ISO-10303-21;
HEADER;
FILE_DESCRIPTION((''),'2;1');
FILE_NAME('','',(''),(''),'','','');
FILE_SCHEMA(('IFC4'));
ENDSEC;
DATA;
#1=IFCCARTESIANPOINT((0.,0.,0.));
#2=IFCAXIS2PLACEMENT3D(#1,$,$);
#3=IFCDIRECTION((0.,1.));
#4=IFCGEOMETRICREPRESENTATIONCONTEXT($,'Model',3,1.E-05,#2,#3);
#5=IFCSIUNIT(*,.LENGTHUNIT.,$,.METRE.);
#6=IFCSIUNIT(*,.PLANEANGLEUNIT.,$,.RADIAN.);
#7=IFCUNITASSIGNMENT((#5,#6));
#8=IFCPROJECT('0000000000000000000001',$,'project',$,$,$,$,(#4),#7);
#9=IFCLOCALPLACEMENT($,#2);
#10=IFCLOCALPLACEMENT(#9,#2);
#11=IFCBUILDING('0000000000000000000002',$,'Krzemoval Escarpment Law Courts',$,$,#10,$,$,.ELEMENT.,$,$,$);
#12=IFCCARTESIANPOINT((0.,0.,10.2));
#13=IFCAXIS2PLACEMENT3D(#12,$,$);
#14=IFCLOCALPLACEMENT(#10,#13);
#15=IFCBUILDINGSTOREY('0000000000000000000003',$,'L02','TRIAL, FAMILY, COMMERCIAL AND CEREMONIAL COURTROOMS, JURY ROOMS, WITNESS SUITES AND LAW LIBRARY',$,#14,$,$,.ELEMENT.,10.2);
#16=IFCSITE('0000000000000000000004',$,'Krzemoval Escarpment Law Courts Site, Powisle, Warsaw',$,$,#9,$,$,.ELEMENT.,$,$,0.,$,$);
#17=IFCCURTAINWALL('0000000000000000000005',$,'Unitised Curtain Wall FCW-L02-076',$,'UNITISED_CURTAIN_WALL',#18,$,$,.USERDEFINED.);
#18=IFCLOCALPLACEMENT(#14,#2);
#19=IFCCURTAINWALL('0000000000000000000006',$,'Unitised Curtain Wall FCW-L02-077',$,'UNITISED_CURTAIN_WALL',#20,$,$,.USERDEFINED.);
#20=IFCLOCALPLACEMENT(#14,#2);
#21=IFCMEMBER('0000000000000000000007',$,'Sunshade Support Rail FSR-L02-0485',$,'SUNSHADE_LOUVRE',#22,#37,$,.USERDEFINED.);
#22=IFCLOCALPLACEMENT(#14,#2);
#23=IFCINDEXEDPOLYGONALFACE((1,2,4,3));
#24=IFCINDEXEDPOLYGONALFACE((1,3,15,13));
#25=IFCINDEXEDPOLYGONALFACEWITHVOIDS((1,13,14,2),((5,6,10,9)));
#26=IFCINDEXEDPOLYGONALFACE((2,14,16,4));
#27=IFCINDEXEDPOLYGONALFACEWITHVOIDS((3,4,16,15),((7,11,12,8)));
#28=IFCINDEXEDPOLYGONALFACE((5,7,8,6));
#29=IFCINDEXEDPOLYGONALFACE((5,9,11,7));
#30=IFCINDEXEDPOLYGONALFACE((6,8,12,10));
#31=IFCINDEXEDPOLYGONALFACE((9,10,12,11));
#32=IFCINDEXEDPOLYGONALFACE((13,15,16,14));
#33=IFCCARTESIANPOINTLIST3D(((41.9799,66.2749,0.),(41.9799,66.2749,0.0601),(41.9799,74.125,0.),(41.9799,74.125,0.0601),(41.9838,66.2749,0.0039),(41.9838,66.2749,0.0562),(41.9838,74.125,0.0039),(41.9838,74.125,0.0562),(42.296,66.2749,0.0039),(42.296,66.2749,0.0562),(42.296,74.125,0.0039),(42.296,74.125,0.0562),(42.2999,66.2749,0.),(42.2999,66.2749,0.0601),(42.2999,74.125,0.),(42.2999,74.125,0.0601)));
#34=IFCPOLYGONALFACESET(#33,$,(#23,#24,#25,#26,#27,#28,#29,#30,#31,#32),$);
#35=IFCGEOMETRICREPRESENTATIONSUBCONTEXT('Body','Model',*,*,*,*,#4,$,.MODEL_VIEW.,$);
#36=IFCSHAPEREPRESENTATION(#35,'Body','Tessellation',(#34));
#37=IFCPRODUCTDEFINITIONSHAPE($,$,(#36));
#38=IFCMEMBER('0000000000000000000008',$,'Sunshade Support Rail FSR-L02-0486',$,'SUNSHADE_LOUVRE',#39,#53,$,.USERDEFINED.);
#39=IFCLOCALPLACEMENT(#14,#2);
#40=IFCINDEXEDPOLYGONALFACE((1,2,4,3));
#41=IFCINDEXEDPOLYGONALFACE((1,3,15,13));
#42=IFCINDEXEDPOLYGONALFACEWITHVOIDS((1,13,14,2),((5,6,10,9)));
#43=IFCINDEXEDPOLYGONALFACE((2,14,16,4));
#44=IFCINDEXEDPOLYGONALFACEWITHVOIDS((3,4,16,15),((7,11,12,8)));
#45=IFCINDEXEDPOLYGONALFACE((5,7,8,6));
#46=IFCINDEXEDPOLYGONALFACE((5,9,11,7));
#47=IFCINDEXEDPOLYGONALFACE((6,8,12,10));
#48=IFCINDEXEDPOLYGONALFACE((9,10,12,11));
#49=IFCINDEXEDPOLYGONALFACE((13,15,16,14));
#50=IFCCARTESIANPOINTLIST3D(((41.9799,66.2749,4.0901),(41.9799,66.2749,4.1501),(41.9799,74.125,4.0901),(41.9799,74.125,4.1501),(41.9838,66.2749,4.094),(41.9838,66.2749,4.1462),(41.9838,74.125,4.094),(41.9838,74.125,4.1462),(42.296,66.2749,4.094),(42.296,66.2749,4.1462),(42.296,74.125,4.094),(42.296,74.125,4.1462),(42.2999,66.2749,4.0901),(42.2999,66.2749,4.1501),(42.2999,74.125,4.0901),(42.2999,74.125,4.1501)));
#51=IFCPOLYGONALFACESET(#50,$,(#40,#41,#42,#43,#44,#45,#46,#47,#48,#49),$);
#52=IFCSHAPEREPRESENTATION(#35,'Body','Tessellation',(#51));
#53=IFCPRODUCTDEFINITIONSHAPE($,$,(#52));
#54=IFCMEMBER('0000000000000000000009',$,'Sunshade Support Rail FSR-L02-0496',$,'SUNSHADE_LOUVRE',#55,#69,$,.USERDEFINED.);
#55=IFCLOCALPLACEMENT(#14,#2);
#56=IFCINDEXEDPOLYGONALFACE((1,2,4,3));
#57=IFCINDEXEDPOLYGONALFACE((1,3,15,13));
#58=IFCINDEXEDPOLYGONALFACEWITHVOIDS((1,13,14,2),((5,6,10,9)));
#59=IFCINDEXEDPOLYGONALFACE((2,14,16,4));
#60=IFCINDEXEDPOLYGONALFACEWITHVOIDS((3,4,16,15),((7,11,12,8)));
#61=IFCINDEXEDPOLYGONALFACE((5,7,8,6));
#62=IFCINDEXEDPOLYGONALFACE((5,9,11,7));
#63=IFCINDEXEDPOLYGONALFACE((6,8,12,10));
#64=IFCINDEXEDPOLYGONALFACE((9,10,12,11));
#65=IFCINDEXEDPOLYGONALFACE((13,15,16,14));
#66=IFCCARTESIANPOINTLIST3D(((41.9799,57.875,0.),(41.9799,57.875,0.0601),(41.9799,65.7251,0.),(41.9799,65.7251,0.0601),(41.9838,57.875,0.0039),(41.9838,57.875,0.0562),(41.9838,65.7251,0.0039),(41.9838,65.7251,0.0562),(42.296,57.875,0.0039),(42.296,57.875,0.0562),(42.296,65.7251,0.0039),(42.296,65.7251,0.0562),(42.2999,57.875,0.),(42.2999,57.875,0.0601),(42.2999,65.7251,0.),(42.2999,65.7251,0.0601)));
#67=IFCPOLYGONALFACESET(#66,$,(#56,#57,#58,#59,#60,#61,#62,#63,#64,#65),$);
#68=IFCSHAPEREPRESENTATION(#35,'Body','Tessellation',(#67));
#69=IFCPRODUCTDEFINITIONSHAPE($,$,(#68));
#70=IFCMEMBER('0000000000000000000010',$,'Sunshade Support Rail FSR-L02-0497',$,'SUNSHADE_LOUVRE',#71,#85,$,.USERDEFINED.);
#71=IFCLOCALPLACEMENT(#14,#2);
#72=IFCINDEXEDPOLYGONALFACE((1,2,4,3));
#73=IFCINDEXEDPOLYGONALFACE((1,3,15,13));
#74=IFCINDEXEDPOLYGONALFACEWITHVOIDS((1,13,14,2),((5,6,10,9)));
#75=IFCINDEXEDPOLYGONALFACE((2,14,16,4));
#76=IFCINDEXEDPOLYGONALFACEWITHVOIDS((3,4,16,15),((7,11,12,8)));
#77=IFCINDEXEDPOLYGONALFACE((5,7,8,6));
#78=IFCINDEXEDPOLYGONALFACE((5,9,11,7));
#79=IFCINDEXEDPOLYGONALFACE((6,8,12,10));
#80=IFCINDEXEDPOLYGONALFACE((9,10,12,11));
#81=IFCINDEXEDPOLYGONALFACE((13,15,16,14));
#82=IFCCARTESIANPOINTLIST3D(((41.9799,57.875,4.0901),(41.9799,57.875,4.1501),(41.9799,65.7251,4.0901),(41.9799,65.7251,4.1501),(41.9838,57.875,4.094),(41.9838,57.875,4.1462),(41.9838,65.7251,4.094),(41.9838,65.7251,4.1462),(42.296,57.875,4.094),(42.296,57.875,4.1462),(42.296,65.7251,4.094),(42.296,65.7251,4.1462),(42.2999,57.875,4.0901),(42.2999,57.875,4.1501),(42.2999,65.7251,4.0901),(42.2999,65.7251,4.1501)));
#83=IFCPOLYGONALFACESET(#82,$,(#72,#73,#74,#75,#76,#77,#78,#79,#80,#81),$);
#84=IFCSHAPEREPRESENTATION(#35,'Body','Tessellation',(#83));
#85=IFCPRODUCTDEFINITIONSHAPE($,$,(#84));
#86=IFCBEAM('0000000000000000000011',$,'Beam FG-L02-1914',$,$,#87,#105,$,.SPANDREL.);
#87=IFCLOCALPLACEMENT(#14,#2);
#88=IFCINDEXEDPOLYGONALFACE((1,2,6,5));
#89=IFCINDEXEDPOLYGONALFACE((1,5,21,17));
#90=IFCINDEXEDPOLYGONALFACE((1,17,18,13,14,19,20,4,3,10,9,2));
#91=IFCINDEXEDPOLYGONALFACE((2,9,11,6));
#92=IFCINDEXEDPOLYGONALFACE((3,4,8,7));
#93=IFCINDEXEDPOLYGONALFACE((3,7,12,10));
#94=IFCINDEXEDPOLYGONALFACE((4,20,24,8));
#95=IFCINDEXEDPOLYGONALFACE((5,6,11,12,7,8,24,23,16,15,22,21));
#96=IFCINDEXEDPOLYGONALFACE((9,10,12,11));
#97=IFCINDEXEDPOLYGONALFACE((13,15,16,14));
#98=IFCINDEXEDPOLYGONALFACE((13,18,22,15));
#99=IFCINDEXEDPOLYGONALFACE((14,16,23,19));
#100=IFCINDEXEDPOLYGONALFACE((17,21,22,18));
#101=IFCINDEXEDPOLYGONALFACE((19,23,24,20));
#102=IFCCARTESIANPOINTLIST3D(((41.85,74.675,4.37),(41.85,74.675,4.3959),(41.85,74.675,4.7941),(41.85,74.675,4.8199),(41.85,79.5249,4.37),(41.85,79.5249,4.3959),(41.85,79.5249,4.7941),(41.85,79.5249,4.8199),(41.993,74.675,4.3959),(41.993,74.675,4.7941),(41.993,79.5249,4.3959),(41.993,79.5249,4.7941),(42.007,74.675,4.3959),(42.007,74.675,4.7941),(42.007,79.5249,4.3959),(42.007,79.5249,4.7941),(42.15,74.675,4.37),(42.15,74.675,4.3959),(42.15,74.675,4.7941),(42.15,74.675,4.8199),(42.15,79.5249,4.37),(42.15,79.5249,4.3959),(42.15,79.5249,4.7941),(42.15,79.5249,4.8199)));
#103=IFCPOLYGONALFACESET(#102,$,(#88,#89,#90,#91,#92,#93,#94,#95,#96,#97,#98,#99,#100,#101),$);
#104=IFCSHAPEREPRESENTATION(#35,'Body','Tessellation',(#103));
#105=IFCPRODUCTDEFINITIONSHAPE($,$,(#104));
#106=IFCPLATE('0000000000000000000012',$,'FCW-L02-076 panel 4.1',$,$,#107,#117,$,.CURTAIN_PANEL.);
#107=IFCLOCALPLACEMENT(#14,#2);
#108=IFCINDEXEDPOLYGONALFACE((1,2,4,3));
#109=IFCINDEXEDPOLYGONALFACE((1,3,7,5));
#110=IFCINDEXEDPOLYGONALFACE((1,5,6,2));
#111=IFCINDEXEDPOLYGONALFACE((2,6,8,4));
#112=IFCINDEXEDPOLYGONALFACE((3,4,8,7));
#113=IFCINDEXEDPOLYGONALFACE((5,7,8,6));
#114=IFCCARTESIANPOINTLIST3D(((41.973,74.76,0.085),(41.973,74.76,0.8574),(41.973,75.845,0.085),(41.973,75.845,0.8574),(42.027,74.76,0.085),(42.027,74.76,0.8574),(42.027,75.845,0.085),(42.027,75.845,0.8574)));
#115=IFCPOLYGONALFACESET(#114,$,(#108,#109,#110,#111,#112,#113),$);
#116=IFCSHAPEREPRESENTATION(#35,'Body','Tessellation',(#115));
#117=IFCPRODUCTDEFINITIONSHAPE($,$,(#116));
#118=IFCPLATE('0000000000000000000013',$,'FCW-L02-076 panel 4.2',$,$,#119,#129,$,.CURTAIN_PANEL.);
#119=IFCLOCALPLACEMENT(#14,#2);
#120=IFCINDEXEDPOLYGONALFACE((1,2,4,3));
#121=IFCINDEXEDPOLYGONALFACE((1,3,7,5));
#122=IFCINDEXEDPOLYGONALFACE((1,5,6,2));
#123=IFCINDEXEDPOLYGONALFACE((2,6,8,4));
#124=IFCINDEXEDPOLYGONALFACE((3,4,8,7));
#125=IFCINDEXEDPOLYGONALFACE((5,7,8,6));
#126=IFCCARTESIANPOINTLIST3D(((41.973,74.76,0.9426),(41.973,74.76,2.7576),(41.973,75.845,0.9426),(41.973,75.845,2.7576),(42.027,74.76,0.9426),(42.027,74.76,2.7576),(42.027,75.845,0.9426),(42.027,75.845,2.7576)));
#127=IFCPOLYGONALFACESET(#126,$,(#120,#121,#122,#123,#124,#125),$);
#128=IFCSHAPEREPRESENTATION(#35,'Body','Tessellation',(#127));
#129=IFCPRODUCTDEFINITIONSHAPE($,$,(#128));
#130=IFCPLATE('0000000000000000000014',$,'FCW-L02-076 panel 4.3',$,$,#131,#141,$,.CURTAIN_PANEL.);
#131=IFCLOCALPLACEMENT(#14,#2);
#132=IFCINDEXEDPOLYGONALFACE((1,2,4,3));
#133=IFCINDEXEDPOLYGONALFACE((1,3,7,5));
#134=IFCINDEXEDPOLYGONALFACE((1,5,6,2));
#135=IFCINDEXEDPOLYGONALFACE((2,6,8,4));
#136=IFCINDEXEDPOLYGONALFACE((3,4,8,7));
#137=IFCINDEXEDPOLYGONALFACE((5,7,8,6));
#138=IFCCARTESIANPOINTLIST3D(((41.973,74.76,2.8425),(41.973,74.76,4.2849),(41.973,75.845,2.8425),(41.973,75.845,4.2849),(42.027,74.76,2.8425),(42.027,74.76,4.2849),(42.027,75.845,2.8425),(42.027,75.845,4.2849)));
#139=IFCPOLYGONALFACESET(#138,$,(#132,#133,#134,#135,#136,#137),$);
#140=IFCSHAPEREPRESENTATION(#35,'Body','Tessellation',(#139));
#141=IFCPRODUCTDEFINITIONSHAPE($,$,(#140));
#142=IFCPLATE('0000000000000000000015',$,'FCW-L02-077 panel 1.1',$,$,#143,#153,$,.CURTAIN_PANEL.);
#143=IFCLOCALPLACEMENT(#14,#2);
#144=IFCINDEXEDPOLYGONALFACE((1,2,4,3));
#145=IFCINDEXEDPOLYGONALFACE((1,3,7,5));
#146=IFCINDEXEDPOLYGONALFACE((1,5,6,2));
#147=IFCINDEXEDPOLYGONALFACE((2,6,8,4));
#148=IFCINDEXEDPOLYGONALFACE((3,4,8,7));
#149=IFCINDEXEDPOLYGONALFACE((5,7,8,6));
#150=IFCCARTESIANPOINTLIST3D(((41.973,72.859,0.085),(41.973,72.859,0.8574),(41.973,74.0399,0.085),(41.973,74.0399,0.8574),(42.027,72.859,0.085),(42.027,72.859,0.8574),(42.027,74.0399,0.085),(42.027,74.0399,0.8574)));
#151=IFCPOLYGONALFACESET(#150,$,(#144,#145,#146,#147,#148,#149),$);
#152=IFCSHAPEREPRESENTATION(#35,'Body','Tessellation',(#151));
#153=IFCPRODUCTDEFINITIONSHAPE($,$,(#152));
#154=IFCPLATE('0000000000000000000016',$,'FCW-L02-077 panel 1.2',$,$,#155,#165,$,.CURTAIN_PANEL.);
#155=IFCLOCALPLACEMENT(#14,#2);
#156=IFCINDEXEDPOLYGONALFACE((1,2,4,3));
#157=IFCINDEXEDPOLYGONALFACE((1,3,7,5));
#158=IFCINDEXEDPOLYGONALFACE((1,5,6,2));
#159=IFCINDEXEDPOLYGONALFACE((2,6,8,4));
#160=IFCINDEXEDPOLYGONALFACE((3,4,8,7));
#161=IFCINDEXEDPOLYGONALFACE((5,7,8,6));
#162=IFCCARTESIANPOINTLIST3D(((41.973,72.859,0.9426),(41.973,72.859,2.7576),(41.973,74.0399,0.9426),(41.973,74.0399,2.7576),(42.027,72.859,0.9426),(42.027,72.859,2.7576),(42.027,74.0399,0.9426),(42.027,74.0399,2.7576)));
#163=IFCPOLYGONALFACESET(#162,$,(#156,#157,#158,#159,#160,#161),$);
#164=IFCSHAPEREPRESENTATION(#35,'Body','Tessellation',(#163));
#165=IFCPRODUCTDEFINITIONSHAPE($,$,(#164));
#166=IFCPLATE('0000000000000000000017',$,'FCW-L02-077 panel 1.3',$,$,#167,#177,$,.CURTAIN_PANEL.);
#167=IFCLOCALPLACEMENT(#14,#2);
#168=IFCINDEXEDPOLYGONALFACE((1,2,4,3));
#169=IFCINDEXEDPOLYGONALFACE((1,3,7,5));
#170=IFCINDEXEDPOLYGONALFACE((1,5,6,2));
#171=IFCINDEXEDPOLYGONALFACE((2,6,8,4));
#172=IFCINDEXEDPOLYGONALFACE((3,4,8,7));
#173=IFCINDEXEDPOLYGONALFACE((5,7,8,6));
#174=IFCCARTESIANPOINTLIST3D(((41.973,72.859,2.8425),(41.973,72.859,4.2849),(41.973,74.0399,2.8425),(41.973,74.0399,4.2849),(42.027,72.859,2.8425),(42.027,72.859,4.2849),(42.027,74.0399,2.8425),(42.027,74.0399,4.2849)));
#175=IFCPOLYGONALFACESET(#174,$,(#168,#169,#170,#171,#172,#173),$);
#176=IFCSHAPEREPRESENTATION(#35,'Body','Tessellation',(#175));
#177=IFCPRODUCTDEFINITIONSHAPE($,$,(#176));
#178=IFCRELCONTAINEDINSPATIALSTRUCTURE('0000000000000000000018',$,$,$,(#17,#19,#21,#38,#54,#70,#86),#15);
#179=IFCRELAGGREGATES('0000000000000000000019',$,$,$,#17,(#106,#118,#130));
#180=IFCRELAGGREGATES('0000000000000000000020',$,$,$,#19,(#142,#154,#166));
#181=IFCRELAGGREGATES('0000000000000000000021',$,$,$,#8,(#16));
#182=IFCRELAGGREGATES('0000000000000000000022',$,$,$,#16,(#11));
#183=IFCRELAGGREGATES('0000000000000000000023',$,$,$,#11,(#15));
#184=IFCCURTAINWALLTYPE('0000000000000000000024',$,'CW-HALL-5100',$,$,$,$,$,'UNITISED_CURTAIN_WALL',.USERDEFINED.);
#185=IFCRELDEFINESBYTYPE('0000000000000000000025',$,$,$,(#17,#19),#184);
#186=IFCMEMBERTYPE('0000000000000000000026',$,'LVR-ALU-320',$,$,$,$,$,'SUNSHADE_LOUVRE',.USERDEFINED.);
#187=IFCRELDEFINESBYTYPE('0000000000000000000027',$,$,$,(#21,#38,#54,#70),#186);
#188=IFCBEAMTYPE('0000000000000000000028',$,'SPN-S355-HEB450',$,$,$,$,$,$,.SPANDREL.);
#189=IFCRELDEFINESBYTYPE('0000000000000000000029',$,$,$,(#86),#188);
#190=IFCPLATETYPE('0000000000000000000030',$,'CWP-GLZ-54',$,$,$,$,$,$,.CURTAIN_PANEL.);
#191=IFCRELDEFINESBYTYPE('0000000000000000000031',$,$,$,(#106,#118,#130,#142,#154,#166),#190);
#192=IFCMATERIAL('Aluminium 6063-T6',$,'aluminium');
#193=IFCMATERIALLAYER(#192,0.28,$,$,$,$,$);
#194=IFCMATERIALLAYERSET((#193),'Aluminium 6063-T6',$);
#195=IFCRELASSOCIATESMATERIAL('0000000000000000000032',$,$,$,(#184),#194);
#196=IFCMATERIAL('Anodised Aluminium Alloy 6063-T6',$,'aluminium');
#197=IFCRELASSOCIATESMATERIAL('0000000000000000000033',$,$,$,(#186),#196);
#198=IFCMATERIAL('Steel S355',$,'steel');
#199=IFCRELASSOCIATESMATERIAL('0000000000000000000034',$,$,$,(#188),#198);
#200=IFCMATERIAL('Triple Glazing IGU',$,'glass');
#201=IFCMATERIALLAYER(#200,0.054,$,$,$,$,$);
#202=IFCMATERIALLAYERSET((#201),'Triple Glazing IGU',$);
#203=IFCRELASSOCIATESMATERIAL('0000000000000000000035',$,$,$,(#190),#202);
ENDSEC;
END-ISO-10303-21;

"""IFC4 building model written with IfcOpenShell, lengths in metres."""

from ifc_helpers import new_model, si_unit, direction, frame, origin, origin_2d, place, context, subcontext, project, spatial, rectangle, hollow_rectangle, i_section, extrude, material, layer, layer_set, material_profile, profile_set, type_object, element, aggregate, save


model = new_model("IFC4")

# Units and contexts
model_context = context("Model", 3, precision=1e-05, world=origin(), true_north=direction((0.0, 1.0)))
body_context = subcontext(model_context, "Body", "Model", "MODEL_VIEW")
ifc_project = project(units=[si_unit("LENGTHUNIT", "METRE"), si_unit("PLANEANGLEUNIT", "RADIAN")], contexts=[model_context])

# Site, building, storey
site_placement = place(None, origin())
site = spatial("IfcSite", under=ifc_project, at=site_placement, Name="Krzemoval Escarpment Law Courts Site, Powisle, Warsaw", CompositionType="ELEMENT", RefElevation=0.0)
building_placement = place(site_placement, origin())
building = spatial("IfcBuilding", under=site, at=building_placement, Name="Krzemoval Escarpment Law Courts", CompositionType="ELEMENT")
storey_placement = place(building_placement, frame((0.0, 0.0, 10.2)))
storey = spatial("IfcBuildingStorey", under=building, at=storey_placement, Name="L02", Description="TRIAL, FAMILY, COMMERCIAL AND CEREMONIAL COURTROOMS, JURY ROOMS, WITNESS SUITES AND LAW LIBRARY", CompositionType="ELEMENT", Elevation=10.2)

# Curtain walls
ifc_material_1 = material(Name="Aluminium 6063-T6", Category="aluminium")
ifc_layer_1 = layer(ifc_material_1, 0.28)
ifc_layer_set_1 = layer_set([ifc_layer_1], Name="Aluminium 6063-T6")
curtain_wall_type = type_object("IfcCurtainWallType", Name="CW-HALL-5100", ElementType="UNITISED_CURTAIN_WALL", PredefinedType="USERDEFINED", material=ifc_layer_set_1)
curtain_wall_1_placement = place(storey_placement, origin())
curtain_wall_1 = element("IfcCurtainWall", 1, at=curtain_wall_1_placement, inside=storey, type_object=curtain_wall_type, Name="Unitised Curtain Wall FCW-L02-076", ObjectType="UNITISED_CURTAIN_WALL", PredefinedType="USERDEFINED")
curtain_wall_2_placement = place(storey_placement, origin())
curtain_wall_2 = element("IfcCurtainWall", 2, at=curtain_wall_2_placement, inside=storey, type_object=curtain_wall_type, Name="Unitised Curtain Wall FCW-L02-077", ObjectType="UNITISED_CURTAIN_WALL", PredefinedType="USERDEFINED")

# Members
ifc_material_2 = material(Name="Anodised Aluminium Alloy 6063-T6", Category="aluminium")
ifc_material_profile_1 = material_profile(ifc_material_2, hollow_rectangle(XDim=0.0601, YDim=0.3201, WallThickness=0.0039, at=origin_2d()), Name="ALU LVR 60x320")
ifc_profile_set_1 = profile_set([ifc_material_profile_1], Name="Anodised Aluminium Alloy 6063-T6")
member_type_1 = type_object("IfcMemberType", Name="LVR-ALU-320", ElementType="SUNSHADE_LOUVRE", PredefinedType="USERDEFINED", material=ifc_profile_set_1)
for number, where, z_axis, x_axis, name in (
    (3, (42.1399, 74.125, 0.03), (0.0, -1.0, 0.0), (0.0, 0.0, 1.0), "Sunshade Support Rail FSR-L02-0485"),
    (4, (42.1399, 74.125, 4.1201), (0.0, -1.0, 0.0), (0.0, 0.0, 1.0), "Sunshade Support Rail FSR-L02-0486"),
    (5, (42.1399, 65.7251, 0.03), (0.0, -1.0, 0.0), (0.0, 0.0, 1.0), "Sunshade Support Rail FSR-L02-0496"),
    (6, (42.1399, 65.7251, 4.1201), (0.0, -1.0, 0.0), (0.0, 0.0, 1.0), "Sunshade Support Rail FSR-L02-0497"),
):
    element("IfcMember", number, at=place(storey_placement, frame(where, z_axis=z_axis, x_axis=x_axis)), inside=storey, type_object=member_type_1, Name=name, ObjectType="SUNSHADE_LOUVRE", PredefinedType="USERDEFINED", context=body_context, shape_type="SweptSolid", body=[
        extrude(hollow_rectangle(XDim=0.0601, YDim=0.3201, WallThickness=0.0039, at=origin_2d()), origin(), (0.0, 0.0, 1.0), 7.8501),
    ])

# Beam
ifc_material_3 = material(Name="Steel S355", Category="steel")
ifc_material_profile_2 = material_profile(ifc_material_3, i_section(OverallWidth=0.3, OverallDepth=0.45, WebThickness=0.0139, FlangeThickness=0.0259, at=origin_2d()), Name="HEB 450")
ifc_profile_set_2 = profile_set([ifc_material_profile_2], Name="Steel S355")
beam_type = type_object("IfcBeamType", Name="SPN-S355-HEB450", PredefinedType="SPANDREL", material=ifc_profile_set_2)
beam_placement = place(storey_placement, frame((42.0, 74.675, 4.595), z_axis=(0.0, 1.0, 0.0), x_axis=(-1.0, 0.0, 0.0)))
element("IfcBeam", 7, at=beam_placement, inside=storey, type_object=beam_type, Name="Beam FG-L02-1914", PredefinedType="SPANDREL", context=body_context, shape_type="SweptSolid", body=[
    extrude(i_section(OverallWidth=0.3, OverallDepth=0.45, WebThickness=0.0139, FlangeThickness=0.0259, at=origin_2d()), origin(), (0.0, 0.0, 1.0), 4.8499),
])

# Plates
ifc_material_4 = material(Name="Triple Glazing IGU", Category="glass")
ifc_layer_2 = layer(ifc_material_4, 0.054)
ifc_layer_set_2 = layer_set([ifc_layer_2], Name="Triple Glazing IGU")
plate_type = type_object("IfcPlateType", Name="CWP-GLZ-54", PredefinedType="CURTAIN_PANEL", material=ifc_layer_set_2)
plate_1_placement = place(storey_placement, frame((42.0, 75.3025, 0.085), z_axis=(0.0, 0.0, 1.0), x_axis=(0.0, -1.0, 0.0)))
plate_1 = element("IfcPlate", 8, at=plate_1_placement, type_object=plate_type, Name="FCW-L02-076 panel 4.1", PredefinedType="CURTAIN_PANEL", context=body_context, shape_type="SweptSolid", body=[
    extrude(rectangle(XDim=1.085, YDim=0.054, at=origin_2d()), origin(), (0.0, 0.0, 1.0), 0.7725),
])
plate_2_placement = place(storey_placement, frame((42.0, 75.3025, 0.9426), z_axis=(0.0, 0.0, 1.0), x_axis=(0.0, -1.0, 0.0)))
plate_2 = element("IfcPlate", 9, at=plate_2_placement, type_object=plate_type, Name="FCW-L02-076 panel 4.2", PredefinedType="CURTAIN_PANEL", context=body_context, shape_type="SweptSolid", body=[
    extrude(rectangle(XDim=1.085, YDim=0.054, at=origin_2d()), origin(), (0.0, 0.0, 1.0), 1.8149),
])
plate_3_placement = place(storey_placement, frame((42.0, 75.3025, 2.8425), z_axis=(0.0, 0.0, 1.0), x_axis=(0.0, -1.0, 0.0)))
plate_3 = element("IfcPlate", 10, at=plate_3_placement, type_object=plate_type, Name="FCW-L02-076 panel 4.3", PredefinedType="CURTAIN_PANEL", context=body_context, shape_type="SweptSolid", body=[
    extrude(rectangle(XDim=1.085, YDim=0.054, at=origin_2d()), origin(), (0.0, 0.0, 1.0), 1.4424),
])
aggregate(curtain_wall_1, [plate_1, plate_2, plate_3])
plate_4_placement = place(storey_placement, frame((42.0, 73.4495, 0.085), z_axis=(0.0, 0.0, 1.0), x_axis=(0.0, -1.0, 0.0)))
plate_4 = element("IfcPlate", 11, at=plate_4_placement, type_object=plate_type, Name="FCW-L02-077 panel 1.1", PredefinedType="CURTAIN_PANEL", context=body_context, shape_type="SweptSolid", body=[
    extrude(rectangle(XDim=1.1809, YDim=0.054, at=origin_2d()), origin(), (0.0, 0.0, 1.0), 0.7725),
])
plate_5_placement = place(storey_placement, frame((42.0, 73.4495, 0.9426), z_axis=(0.0, 0.0, 1.0), x_axis=(0.0, -1.0, 0.0)))
plate_5 = element("IfcPlate", 12, at=plate_5_placement, type_object=plate_type, Name="FCW-L02-077 panel 1.2", PredefinedType="CURTAIN_PANEL", context=body_context, shape_type="SweptSolid", body=[
    extrude(rectangle(XDim=1.1809, YDim=0.054, at=origin_2d()), origin(), (0.0, 0.0, 1.0), 1.8149),
])
plate_6_placement = place(storey_placement, frame((42.0, 73.4495, 2.8425), z_axis=(0.0, 0.0, 1.0), x_axis=(0.0, -1.0, 0.0)))
plate_6 = element("IfcPlate", 13, at=plate_6_placement, type_object=plate_type, Name="FCW-L02-077 panel 1.3", PredefinedType="CURTAIN_PANEL", context=body_context, shape_type="SweptSolid", body=[
    extrude(rectangle(XDim=1.1809, YDim=0.054, at=origin_2d()), origin(), (0.0, 0.0, 1.0), 1.4424),
])
aggregate(curtain_wall_2, [plate_4, plate_5, plate_6])

save(model, "model.ifc")
